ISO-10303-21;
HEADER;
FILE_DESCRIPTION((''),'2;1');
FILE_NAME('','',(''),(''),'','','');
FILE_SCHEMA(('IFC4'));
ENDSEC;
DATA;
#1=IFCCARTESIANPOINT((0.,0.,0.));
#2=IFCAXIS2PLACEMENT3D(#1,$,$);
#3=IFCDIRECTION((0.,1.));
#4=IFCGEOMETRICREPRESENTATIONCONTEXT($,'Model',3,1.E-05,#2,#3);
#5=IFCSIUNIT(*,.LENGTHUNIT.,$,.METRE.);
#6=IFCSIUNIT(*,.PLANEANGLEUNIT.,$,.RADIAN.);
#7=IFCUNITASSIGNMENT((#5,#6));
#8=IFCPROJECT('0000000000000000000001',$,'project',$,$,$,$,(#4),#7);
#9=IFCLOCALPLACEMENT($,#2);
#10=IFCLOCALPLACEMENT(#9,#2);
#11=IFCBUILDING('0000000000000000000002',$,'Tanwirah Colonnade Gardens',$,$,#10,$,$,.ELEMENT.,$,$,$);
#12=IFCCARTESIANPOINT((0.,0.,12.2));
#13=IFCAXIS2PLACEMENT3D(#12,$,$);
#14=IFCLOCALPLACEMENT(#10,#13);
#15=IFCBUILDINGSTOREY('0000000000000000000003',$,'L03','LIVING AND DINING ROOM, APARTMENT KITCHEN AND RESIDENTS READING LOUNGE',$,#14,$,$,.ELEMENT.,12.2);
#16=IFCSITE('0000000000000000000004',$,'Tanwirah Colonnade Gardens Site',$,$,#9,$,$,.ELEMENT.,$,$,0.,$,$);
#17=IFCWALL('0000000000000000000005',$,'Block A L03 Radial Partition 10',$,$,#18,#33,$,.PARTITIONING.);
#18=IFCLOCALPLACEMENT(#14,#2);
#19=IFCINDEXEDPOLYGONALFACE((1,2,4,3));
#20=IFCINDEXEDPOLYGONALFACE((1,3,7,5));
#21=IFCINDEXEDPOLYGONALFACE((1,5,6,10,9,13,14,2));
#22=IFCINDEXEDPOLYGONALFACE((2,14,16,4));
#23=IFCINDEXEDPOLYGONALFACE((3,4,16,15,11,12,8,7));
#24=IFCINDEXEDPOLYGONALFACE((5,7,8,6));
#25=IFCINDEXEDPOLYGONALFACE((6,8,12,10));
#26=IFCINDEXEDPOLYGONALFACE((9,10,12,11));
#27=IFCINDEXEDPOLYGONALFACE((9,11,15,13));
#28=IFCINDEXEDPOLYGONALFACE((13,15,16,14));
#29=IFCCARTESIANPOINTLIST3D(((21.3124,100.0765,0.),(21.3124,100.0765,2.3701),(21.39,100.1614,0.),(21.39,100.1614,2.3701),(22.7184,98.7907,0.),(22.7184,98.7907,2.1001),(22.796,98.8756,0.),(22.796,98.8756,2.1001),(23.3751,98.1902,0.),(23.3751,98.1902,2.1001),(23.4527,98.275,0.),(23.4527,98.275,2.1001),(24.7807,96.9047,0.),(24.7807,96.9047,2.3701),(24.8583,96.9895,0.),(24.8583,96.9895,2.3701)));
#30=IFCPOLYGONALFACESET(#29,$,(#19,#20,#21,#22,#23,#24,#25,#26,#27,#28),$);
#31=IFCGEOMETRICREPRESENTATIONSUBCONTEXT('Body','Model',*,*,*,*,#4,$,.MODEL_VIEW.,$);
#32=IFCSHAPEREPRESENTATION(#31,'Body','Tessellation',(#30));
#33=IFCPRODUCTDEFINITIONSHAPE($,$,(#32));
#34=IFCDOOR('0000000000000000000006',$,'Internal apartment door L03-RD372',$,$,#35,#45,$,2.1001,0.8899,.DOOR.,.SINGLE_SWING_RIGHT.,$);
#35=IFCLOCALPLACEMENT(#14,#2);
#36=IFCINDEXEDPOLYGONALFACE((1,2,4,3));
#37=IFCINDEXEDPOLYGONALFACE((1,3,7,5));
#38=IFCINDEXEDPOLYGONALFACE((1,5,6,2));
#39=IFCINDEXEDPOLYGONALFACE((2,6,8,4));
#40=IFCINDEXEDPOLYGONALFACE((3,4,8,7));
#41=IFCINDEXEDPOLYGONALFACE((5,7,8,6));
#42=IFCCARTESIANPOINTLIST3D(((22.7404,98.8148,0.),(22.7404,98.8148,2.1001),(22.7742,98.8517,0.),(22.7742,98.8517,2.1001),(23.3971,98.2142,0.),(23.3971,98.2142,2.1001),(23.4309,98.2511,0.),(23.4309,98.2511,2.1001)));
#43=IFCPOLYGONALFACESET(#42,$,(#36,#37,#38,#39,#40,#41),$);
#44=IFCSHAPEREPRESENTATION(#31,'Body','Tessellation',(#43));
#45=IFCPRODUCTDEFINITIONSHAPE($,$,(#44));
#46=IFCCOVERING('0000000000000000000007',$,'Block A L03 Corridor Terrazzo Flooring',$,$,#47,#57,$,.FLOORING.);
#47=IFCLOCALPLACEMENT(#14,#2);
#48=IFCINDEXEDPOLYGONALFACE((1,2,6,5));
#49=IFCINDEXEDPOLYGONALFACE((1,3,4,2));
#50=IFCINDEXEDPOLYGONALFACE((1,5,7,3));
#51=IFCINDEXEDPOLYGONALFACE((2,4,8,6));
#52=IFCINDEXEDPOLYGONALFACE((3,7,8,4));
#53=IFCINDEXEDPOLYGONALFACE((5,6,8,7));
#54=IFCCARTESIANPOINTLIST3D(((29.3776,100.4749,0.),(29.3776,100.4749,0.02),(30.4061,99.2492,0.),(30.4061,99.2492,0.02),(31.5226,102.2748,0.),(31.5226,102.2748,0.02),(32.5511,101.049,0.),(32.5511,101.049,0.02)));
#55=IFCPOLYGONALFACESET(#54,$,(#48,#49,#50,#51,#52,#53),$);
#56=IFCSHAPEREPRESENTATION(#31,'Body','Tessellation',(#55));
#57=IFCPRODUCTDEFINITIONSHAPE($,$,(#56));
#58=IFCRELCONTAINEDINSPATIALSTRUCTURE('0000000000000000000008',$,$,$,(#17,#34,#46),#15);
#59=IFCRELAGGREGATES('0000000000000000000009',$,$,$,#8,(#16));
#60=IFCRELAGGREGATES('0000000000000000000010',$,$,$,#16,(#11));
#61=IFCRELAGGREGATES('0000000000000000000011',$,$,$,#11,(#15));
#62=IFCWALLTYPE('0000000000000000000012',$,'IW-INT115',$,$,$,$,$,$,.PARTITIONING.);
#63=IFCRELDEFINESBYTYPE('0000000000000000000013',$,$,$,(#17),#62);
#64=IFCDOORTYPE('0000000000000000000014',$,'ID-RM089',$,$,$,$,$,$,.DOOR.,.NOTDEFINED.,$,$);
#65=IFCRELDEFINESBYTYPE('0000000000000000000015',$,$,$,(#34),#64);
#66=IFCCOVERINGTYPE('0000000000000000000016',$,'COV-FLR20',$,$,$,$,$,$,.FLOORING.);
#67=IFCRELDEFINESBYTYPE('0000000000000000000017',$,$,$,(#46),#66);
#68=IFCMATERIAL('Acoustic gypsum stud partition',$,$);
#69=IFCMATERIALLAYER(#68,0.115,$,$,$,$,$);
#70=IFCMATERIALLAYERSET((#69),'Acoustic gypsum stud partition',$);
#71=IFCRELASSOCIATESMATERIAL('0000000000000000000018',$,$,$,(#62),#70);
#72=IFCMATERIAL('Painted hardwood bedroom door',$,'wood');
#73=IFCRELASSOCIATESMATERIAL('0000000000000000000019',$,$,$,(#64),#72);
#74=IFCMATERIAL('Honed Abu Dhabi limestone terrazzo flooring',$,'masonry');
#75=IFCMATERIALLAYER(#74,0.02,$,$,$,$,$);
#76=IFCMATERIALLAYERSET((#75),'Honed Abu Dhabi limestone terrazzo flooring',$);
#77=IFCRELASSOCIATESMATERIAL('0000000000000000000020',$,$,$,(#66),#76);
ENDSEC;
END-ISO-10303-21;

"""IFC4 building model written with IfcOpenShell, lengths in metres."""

from ifc_helpers import new_model, si_unit, direction, frame, frame_2d, origin, origin_2d, place, context, subcontext, project, spatial, rectangle, extrude, material, layer, layer_set, type_object, element, fill, save


model = new_model("IFC4")

# Units and contexts
model_context = context("Model", 3, precision=1e-05, world=origin(), true_north=direction((0.0, 1.0)))
body_context = subcontext(model_context, "Body", "Model", "MODEL_VIEW")
ifc_project = project(units=[si_unit("LENGTHUNIT", "METRE"), si_unit("PLANEANGLEUNIT", "RADIAN")], contexts=[model_context])

# Site, building, storey
site_placement = place(None, origin())
site = spatial("IfcSite", under=ifc_project, at=site_placement, Name="Tanwirah Colonnade Gardens Site", CompositionType="ELEMENT", RefElevation=0.0)
building_placement = place(site_placement, origin())
building = spatial("IfcBuilding", under=site, at=building_placement, Name="Tanwirah Colonnade Gardens", CompositionType="ELEMENT")
storey_placement = place(building_placement, frame((0.0, 0.0, 12.2)))
storey = spatial("IfcBuildingStorey", under=building, at=storey_placement, Name="L03", Description="LIVING AND DINING ROOM, APARTMENT KITCHEN AND RESIDENTS READING LOUNGE", CompositionType="ELEMENT", Elevation=12.2)

# Wall, opening, door
ifc_material_1 = material(Name="Acoustic gypsum stud partition")
ifc_layer_1 = layer(ifc_material_1, 0.115)
ifc_layer_set_1 = layer_set([ifc_layer_1], Name="Acoustic gypsum stud partition")
wall_type_1 = type_object("IfcWallType", Name="IW-INT115", PredefinedType="PARTITIONING", material=ifc_layer_set_1)
wall_1_placement = place(storey_placement, frame((24.8196, 96.947, 0.0), z_axis=(0.0, 0.0, 1.0), x_axis=(-0.737934, 0.674873, 0.0)))
wall_1 = element("IfcWall", 1, at=wall_1_placement, inside=storey, type_object=wall_type_1, Name="Block A L03 Radial Partition 10", PredefinedType="PARTITIONING", context=body_context, shape_type="SweptSolid", body=[
    extrude(rectangle(XDim=4.7, YDim=0.115, at=frame_2d((2.3501, 0.0))), origin(), (0.0, 0.0, 1.0), 2.3701),
])
opening_1_placement = place(wall_1_placement, frame((1.905, 0.0, 0.0)))
opening_1 = element("IfcOpeningElement", 2, at=opening_1_placement, cuts=wall_1, PredefinedType="OPENING", context=body_context, shape_type="SweptSolid", body=[
    extrude(rectangle(XDim=0.8899, YDim=2.1001, at=frame_2d((0.4448, 1.05))), frame((0.0, 0.0674, 0.0), z_axis=(0.0, -1.0, 0.0), x_axis=(1.0, 0.0, 0.0)), (0.0, 0.0, 1.0), 0.135),
])
ifc_material_2 = material(Name="Painted hardwood bedroom door", Category="wood")
door_type_1 = type_object("IfcDoorType", Name="ID-RM089", OperationType="NOTDEFINED", PredefinedType="DOOR", material=ifc_material_2)
door_1_placement = place(opening_1_placement, origin())
door_1 = element("IfcDoor", 3, at=door_1_placement, inside=storey, type_object=door_type_1, Name="Internal apartment door L03-RD372", OperationType="SINGLE_SWING_RIGHT", OverallHeight=2.1001, OverallWidth=0.8899, PredefinedType="DOOR", context=body_context, shape_type="SweptSolid", body=[
    extrude(rectangle(XDim=0.8899, YDim=2.1001, at=frame_2d((0.4448, 1.05))), frame((0.0, 0.0249, 0.0), z_axis=(0.0, -1.0, 0.0), x_axis=(1.0, 0.0, 0.0)), (0.0, 0.0, 1.0), 0.05),
])
fill(opening_1, door_1)

# Covering
ifc_material_3 = material(Name="Honed Abu Dhabi limestone terrazzo flooring", Category="masonry")
ifc_layer_2 = layer(ifc_material_3, 0.02)
ifc_layer_set_2 = layer_set([ifc_layer_2], Name="Honed Abu Dhabi limestone terrazzo flooring")
covering_type = type_object("IfcCoveringType", Name="COV-FLR20", PredefinedType="FLOORING", material=ifc_layer_set_2)
covering_placement = place(storey_placement, frame((30.9644, 100.762, 0.0), z_axis=(0.0, 0.0, 1.0), x_axis=(-0.766044, -0.642788, 0.0)))
element("IfcCovering", 4, at=covering_placement, inside=storey, type_object=covering_type, Name="Block A L03 Corridor Terrazzo Flooring", PredefinedType="FLOORING", context=body_context, shape_type="SweptSolid", body=[
    extrude(rectangle(XDim=2.8, YDim=1.6001, at=origin_2d()), origin(), (0.0, 0.0, 1.0), 0.02),
])

save(model, "model.ifc")
